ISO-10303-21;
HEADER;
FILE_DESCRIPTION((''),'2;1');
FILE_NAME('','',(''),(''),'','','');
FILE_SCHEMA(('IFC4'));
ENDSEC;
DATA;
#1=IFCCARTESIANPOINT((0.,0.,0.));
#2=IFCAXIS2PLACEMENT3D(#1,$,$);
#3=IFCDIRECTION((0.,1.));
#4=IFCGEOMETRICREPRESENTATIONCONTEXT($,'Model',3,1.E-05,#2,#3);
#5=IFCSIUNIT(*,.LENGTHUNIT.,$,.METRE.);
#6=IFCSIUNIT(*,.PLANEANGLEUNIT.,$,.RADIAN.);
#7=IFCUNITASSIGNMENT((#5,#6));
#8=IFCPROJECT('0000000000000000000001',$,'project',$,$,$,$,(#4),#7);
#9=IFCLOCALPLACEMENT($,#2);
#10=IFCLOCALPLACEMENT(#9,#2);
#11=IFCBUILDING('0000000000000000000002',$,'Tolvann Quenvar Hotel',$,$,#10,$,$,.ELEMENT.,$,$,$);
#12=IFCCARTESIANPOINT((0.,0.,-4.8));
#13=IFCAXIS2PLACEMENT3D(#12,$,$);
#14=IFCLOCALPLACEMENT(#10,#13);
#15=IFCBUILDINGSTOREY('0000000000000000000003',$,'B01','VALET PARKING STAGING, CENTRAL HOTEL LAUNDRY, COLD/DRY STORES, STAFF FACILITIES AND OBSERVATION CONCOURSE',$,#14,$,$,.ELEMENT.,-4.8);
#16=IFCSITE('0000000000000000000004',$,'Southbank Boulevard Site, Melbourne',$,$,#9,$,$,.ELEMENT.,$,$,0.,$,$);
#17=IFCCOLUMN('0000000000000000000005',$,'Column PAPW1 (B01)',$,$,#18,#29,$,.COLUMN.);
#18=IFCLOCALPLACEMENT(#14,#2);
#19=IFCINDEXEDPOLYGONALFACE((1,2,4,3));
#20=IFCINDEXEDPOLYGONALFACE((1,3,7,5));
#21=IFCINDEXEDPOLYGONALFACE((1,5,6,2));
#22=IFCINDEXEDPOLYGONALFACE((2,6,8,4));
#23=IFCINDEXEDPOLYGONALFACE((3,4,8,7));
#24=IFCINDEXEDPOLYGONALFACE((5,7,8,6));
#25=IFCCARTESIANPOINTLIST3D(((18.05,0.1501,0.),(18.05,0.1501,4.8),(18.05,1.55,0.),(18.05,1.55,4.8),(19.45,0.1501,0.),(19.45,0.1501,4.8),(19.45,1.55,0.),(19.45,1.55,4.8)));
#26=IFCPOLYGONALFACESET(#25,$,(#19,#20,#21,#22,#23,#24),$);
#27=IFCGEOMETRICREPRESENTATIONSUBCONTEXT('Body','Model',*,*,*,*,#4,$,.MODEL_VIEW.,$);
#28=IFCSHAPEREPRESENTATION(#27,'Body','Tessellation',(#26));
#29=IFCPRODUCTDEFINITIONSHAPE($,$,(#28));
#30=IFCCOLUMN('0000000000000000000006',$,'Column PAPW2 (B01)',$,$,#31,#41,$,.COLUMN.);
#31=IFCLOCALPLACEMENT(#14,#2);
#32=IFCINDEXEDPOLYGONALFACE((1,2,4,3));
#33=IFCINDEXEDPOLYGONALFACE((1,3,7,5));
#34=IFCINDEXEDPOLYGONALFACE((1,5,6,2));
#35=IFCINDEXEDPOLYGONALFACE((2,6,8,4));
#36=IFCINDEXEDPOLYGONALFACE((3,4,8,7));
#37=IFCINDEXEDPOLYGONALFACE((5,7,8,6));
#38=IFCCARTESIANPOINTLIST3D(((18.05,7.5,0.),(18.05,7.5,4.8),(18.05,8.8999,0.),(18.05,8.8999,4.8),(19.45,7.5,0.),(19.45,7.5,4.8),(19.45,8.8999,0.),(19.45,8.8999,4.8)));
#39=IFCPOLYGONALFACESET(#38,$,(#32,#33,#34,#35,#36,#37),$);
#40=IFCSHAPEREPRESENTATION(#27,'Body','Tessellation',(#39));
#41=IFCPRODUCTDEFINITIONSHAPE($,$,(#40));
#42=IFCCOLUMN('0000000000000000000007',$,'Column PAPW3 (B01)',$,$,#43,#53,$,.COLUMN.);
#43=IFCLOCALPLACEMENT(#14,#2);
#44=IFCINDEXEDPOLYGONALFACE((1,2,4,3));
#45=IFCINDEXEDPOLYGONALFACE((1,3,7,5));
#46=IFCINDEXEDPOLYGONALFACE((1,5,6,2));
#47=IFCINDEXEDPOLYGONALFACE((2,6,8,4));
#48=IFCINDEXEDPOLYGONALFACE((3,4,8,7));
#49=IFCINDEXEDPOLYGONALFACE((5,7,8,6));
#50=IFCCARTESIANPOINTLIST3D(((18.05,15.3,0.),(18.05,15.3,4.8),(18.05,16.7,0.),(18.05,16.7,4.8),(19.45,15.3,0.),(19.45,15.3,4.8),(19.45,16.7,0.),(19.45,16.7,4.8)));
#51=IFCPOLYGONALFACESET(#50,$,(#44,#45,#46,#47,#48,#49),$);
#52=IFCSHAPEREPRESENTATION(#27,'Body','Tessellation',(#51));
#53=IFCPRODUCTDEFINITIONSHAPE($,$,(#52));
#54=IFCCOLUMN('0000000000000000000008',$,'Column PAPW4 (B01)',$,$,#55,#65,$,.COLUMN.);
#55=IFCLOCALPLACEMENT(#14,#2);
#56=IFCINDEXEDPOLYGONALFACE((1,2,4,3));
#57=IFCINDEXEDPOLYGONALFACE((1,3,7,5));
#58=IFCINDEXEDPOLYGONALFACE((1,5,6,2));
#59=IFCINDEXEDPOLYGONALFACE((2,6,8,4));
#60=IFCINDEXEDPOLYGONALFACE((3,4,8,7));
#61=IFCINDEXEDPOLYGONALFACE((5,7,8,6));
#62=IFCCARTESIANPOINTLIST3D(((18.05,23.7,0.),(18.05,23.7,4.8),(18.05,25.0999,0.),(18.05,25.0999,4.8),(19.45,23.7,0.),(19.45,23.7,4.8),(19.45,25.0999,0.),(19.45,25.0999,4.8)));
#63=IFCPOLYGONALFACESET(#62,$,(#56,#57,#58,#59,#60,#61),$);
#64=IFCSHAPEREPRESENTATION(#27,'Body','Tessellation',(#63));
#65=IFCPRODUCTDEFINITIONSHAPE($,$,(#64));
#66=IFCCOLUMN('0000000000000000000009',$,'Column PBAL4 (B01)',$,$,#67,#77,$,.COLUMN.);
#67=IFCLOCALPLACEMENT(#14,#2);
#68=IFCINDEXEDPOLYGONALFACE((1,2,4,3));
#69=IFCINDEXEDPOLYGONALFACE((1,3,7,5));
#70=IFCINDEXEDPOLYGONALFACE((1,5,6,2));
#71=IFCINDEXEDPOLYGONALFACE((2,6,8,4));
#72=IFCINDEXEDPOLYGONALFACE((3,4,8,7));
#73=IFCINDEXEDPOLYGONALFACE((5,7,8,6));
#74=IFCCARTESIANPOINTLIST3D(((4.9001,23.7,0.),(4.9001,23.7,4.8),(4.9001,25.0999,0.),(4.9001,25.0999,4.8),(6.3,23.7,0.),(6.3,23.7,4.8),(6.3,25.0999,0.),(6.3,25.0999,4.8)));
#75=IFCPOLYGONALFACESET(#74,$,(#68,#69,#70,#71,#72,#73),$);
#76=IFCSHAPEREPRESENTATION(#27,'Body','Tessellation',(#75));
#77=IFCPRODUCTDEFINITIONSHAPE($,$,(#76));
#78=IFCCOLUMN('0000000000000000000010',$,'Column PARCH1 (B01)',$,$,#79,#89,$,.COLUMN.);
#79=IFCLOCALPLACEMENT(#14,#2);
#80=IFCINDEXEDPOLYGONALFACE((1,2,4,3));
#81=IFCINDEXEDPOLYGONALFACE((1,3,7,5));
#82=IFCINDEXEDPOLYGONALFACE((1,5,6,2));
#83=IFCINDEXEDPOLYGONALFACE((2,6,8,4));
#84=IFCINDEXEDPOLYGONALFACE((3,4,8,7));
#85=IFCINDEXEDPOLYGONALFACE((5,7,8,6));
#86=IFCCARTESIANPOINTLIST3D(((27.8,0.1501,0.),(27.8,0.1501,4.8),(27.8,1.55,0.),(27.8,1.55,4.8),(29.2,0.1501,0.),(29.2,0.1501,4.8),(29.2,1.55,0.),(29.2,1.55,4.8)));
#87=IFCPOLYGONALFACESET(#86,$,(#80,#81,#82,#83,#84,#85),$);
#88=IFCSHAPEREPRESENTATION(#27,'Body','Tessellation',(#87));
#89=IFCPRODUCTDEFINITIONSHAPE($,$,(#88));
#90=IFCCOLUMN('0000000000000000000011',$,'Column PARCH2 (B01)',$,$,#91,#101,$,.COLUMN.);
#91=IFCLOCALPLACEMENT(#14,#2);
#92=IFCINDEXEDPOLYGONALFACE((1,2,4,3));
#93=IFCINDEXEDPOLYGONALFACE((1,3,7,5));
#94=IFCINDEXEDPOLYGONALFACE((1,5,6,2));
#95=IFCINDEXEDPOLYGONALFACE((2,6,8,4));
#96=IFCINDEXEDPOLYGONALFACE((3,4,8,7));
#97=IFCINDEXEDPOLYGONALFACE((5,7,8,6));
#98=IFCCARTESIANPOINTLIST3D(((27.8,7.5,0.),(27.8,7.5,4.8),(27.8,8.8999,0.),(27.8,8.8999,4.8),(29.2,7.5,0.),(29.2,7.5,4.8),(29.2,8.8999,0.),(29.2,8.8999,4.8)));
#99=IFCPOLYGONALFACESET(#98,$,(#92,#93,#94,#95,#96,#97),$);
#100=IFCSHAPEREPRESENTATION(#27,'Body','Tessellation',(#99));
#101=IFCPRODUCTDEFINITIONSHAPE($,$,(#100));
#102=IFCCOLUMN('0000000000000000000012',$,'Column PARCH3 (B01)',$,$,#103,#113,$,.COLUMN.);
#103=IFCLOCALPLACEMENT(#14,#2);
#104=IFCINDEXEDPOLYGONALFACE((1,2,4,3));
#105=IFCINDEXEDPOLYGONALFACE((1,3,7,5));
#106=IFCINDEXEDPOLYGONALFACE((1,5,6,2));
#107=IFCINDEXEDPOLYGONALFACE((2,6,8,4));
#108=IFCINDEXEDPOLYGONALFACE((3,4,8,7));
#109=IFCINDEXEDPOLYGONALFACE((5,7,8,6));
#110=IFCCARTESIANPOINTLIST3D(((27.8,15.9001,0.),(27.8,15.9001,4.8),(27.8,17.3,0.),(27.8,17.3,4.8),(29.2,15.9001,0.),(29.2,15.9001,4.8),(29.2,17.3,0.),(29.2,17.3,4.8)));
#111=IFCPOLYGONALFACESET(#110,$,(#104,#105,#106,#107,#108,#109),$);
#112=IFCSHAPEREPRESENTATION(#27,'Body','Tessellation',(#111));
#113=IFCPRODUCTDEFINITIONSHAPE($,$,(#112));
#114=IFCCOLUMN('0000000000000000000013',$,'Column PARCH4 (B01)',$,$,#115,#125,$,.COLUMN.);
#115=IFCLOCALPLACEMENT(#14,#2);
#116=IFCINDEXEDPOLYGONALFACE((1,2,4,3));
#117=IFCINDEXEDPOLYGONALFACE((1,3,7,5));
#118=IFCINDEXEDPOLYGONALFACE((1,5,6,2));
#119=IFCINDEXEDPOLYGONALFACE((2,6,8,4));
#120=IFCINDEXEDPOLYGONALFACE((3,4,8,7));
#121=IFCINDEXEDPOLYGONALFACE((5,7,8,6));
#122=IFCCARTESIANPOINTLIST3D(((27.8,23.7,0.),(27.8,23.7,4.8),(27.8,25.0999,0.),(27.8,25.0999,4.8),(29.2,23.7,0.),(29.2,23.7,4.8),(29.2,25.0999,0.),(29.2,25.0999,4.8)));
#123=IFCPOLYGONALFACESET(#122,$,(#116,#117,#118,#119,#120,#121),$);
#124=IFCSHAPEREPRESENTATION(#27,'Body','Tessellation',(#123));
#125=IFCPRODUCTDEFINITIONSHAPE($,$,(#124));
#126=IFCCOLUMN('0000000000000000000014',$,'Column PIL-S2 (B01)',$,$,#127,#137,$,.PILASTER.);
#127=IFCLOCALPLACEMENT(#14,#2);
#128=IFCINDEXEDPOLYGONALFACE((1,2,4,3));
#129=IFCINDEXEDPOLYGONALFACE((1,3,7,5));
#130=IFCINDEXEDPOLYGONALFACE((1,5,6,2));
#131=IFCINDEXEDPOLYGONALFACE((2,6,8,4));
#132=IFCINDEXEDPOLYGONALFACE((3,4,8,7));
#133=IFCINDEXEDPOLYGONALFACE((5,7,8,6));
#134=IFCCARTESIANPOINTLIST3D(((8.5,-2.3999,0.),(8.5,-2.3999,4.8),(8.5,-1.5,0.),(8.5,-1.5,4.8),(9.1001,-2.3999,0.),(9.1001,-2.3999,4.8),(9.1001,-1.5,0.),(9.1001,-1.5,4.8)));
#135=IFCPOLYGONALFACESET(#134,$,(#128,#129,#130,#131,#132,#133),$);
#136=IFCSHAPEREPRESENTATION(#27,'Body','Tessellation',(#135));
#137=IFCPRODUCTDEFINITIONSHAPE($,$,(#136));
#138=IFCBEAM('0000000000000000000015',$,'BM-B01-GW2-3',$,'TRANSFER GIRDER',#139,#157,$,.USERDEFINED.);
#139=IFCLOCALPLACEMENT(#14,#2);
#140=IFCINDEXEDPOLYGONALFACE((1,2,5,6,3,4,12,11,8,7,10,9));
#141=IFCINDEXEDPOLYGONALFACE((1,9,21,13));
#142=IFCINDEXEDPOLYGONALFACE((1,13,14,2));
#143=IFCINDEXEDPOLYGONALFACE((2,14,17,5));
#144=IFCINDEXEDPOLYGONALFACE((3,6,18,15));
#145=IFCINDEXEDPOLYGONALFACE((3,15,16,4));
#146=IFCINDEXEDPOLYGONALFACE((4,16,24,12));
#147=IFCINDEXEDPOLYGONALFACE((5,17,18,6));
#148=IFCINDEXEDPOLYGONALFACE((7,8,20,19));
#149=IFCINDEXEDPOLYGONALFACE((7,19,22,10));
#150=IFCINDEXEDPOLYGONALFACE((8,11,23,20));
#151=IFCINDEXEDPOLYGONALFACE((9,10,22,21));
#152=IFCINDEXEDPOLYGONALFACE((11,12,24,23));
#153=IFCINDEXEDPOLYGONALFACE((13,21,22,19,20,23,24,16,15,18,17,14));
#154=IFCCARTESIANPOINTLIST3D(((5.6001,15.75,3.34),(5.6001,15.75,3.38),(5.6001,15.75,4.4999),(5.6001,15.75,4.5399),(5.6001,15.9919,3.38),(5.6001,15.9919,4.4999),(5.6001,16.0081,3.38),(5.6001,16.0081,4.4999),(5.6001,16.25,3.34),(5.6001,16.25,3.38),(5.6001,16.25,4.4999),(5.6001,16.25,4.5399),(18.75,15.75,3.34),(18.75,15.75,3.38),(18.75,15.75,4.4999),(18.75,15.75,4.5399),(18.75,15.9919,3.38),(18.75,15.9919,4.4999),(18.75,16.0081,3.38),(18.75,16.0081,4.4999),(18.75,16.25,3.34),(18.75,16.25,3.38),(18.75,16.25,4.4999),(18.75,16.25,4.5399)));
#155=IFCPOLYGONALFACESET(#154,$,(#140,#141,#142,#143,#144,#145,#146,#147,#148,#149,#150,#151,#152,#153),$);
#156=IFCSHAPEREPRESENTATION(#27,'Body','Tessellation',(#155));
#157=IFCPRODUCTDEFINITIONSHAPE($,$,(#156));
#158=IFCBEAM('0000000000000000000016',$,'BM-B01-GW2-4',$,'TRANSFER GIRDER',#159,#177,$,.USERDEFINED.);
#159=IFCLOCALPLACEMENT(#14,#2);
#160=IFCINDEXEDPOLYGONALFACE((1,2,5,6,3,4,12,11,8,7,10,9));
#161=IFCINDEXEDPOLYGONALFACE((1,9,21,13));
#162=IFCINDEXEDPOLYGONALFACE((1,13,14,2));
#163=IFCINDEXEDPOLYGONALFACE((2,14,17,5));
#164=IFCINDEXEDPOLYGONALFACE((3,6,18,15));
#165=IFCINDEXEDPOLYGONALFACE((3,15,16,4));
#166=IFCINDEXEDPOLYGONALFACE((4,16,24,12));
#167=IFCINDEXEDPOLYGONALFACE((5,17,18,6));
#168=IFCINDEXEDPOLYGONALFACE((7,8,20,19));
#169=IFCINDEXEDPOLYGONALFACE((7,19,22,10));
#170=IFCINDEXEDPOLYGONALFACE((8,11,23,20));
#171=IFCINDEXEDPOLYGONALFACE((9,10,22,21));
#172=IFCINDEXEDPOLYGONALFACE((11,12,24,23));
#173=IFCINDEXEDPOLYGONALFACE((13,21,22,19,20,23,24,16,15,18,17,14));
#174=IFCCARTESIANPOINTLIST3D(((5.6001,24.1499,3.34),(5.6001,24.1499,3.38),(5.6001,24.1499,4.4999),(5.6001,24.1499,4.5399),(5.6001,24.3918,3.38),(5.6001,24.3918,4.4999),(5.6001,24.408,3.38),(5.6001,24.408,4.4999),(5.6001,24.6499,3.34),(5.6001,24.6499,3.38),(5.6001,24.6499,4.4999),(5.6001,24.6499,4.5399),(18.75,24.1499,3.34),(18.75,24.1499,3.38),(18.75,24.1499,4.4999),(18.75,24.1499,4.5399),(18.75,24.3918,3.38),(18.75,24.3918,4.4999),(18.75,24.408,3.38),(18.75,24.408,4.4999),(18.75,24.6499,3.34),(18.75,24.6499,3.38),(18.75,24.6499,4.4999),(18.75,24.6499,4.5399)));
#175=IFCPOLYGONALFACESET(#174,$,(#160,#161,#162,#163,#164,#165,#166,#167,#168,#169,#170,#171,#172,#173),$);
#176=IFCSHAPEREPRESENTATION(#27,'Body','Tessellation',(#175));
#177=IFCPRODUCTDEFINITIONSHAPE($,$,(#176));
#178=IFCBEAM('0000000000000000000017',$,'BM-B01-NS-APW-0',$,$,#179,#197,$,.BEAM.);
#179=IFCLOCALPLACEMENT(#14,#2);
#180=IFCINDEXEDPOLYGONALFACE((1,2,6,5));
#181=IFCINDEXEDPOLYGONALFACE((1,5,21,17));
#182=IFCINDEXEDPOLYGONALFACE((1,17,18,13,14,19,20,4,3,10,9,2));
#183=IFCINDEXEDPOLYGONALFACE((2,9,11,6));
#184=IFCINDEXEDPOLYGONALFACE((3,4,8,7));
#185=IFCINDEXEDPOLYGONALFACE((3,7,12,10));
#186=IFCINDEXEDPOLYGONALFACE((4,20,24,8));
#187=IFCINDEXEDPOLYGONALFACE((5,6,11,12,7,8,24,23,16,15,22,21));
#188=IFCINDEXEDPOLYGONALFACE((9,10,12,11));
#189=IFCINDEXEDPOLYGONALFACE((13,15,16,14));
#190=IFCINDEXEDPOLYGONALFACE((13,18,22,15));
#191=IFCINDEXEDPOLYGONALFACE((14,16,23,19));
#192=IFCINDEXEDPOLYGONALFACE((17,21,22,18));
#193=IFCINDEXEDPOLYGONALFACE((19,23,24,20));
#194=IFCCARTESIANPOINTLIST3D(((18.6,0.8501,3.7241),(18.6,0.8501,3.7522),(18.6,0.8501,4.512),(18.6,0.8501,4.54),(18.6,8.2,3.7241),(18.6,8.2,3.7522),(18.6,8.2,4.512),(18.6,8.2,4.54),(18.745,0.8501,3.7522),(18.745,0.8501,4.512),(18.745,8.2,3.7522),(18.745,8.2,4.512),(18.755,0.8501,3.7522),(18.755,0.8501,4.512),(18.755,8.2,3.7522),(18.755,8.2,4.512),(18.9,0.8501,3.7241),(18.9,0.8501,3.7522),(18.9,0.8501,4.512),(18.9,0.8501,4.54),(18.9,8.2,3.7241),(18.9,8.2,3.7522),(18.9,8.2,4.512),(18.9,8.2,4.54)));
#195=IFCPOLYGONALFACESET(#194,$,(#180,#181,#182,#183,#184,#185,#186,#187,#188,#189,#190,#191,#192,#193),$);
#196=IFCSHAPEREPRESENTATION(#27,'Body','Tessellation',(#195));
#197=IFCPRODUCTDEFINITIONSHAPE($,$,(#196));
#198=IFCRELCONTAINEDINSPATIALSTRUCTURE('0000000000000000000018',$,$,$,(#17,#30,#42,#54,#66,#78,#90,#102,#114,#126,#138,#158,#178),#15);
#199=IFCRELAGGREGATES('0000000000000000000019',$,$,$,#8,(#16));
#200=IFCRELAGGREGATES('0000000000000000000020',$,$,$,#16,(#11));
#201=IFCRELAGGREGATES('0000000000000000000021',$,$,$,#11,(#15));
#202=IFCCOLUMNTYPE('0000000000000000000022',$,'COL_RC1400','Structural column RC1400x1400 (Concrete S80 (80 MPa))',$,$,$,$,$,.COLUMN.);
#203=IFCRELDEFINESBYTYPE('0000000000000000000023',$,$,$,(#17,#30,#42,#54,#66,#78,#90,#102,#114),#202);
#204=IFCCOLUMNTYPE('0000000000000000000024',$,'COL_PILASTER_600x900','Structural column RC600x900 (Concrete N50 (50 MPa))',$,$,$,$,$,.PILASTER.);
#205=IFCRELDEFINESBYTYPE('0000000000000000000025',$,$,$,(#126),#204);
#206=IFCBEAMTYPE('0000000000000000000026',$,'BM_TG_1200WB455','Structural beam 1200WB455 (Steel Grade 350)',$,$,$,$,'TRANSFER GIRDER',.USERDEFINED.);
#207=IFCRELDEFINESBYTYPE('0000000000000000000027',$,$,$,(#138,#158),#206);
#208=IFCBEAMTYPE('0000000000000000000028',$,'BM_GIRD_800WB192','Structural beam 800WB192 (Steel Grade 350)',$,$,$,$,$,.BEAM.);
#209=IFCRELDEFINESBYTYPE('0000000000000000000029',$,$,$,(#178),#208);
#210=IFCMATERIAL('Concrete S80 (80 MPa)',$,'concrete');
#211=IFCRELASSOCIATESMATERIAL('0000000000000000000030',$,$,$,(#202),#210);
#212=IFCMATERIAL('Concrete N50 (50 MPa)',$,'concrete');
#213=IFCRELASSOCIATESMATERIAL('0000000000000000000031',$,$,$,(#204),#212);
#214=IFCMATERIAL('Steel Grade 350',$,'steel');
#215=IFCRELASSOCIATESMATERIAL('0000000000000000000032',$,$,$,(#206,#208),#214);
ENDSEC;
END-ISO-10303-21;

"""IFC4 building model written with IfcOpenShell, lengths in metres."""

from ifc_helpers import new_model, si_unit, direction, frame, origin, origin_2d, place, context, subcontext, project, spatial, rectangle, i_section, extrude, source, transform, mapped, material, material_profile, profile_set, type_object, type_shapes, element, save


model = new_model("IFC4")

# Units and contexts
model_context = context("Model", 3, precision=1e-05, world=origin(), true_north=direction((0.0, 1.0)))
body_context = subcontext(model_context, "Body", "Model", "MODEL_VIEW")
ifc_project = project(units=[si_unit("LENGTHUNIT", "METRE"), si_unit("PLANEANGLEUNIT", "RADIAN")], contexts=[model_context])

# Site, building, storey
site_placement = place(None, origin())
site = spatial("IfcSite", under=ifc_project, at=site_placement, Name="Southbank Boulevard Site, Melbourne", CompositionType="ELEMENT", RefElevation=0.0)
building_placement = place(site_placement, origin())
building = spatial("IfcBuilding", under=site, at=building_placement, Name="Tolvann Quenvar Hotel", CompositionType="ELEMENT")
storey_placement = place(building_placement, frame((0.0, 0.0, -4.8)))
storey = spatial("IfcBuildingStorey", under=building, at=storey_placement, Name="B01", Description="VALET PARKING STAGING, CENTRAL HOTEL LAUNDRY, COLD/DRY STORES, STAFF FACILITIES AND OBSERVATION CONCOURSE", CompositionType="ELEMENT", Elevation=-4.8)

# Columns
ifc_material_1 = material(Name="Concrete S80 (80 MPa)", Category="concrete")
ifc_material_profile_1 = material_profile(ifc_material_1, rectangle(XDim=1.3999, YDim=1.3999, at=origin_2d()), Name="RC1400x1400")
ifc_profile_set_1 = profile_set([ifc_material_profile_1], Name="Concrete S80 (80 MPa)")
column_type_1 = type_object("IfcColumnType", Name="COL_RC1400", Description="Structural column RC1400x1400 (Concrete S80 (80 MPa))", PredefinedType="COLUMN", material=ifc_profile_set_1)
shared_shape_1 = source(origin(), body_context, "Body", "SweptSolid", [
    extrude(rectangle(XDim=1.3999, YDim=1.3999, at=origin_2d()), origin(), (0.0, 0.0, 1.0), 4.8),
])
type_shapes(column_type_1, [shared_shape_1])
for number, where, z_axis, x_axis, name in (
    (1, (18.75, 0.8501, 0.0), (0.0, 0.0, 1.0), (1.0, 0.0, 0.0), "Column PAPW1 (B01)"),
    (2, (18.75, 8.2, 0.0), (0.0, 0.0, 1.0), (1.0, 0.0, 0.0), "Column PAPW2 (B01)"),
    (3, (18.75, 16.0, 0.0), (0.0, 0.0, 1.0), (1.0, 0.0, 0.0), "Column PAPW3 (B01)"),
    (4, (18.75, 24.3999, 0.0), (0.0, 0.0, 1.0), (1.0, 0.0, 0.0), "Column PAPW4 (B01)"),
    (5, (5.6001, 24.3999, 0.0), (0.0, 0.0, 1.0), (1.0, 0.0, 0.0), "Column PBAL4 (B01)"),
    (6, (28.5, 0.8501, 0.0), (0.0, 0.0, 1.0), (1.0, 0.0, 0.0), "Column PARCH1 (B01)"),
    (7, (28.5, 8.2, 0.0), (0.0, 0.0, 1.0), (1.0, 0.0, 0.0), "Column PARCH2 (B01)"),
    (8, (28.5, 16.6001, 0.0), (0.0, 0.0, 1.0), (1.0, 0.0, 0.0), "Column PARCH3 (B01)"),
    (9, (28.5, 24.3999, 0.0), (0.0, 0.0, 1.0), (1.0, 0.0, 0.0), "Column PARCH4 (B01)"),
):
    element("IfcColumn", number, at=place(storey_placement, frame(where, z_axis=z_axis, x_axis=x_axis)), inside=storey, type_object=column_type_1, Name=name, PredefinedType="COLUMN", context=body_context, shape_type="MappedRepresentation", body=[
        mapped(shared_shape_1, transform((0.0, 0.0, 0.0), x_axis=(1.0, 0.0, 0.0), y_axis=(0.0, 1.0, 0.0), z_axis=(0.0, 0.0, 1.0), scale=1.0)),
    ])
ifc_material_2 = material(Name="Concrete N50 (50 MPa)", Category="concrete")
ifc_material_profile_2 = material_profile(ifc_material_2, rectangle(XDim=0.6001, YDim=0.8999, at=origin_2d()), Name="RC600x900")
ifc_profile_set_2 = profile_set([ifc_material_profile_2], Name="Concrete N50 (50 MPa)")
column_type_2 = type_object("IfcColumnType", Name="COL_PILASTER_600x900", Description="Structural column RC600x900 (Concrete N50 (50 MPa))", PredefinedType="PILASTER", material=ifc_profile_set_2)
shared_shape_2 = source(origin(), body_context, "Body", "SweptSolid", [
    extrude(rectangle(XDim=0.6001, YDim=0.8999, at=origin_2d()), origin(), (0.0, 0.0, 1.0), 4.8),
])
type_shapes(column_type_2, [shared_shape_2])
column_placement = place(storey_placement, frame((8.8, -1.95, 0.0), z_axis=(0.0, 0.0, 1.0), x_axis=(1.0, 0.0, 0.0)))
element("IfcColumn", 10, at=column_placement, inside=storey, type_object=column_type_2, Name="Column PIL-S2 (B01)", PredefinedType="PILASTER", context=body_context, shape_type="MappedRepresentation", body=[
    mapped(shared_shape_2, transform((0.0, 0.0, 0.0), x_axis=(1.0, 0.0, 0.0), y_axis=(0.0, 1.0, 0.0), z_axis=(0.0, 0.0, 1.0), scale=1.0)),
])

# Beams
ifc_material_3 = material(Name="Steel Grade 350", Category="steel")
ifc_material_profile_3 = material_profile(ifc_material_3, i_section(OverallWidth=0.5, OverallDepth=1.2, WebThickness=0.0161, FlangeThickness=0.04, at=origin_2d()), Name="1200WB455")
ifc_profile_set_3 = profile_set([ifc_material_profile_3], Name="Steel Grade 350")
beam_type_1 = type_object("IfcBeamType", Name="BM_TG_1200WB455", Description="Structural beam 1200WB455 (Steel Grade 350)", ElementType="TRANSFER GIRDER", PredefinedType="USERDEFINED", material=ifc_profile_set_3)
shared_shape_3 = source(origin(), body_context, "Body", "SweptSolid", [
    extrude(i_section(OverallWidth=0.5, OverallDepth=1.2, WebThickness=0.0161, FlangeThickness=0.04, at=origin_2d()), origin(), (0.0, 0.0, 1.0), 13.1499),
])
for number, where, z_axis, x_axis, name in (
    (11, (5.6001, 16.0, 3.9399), (1.0, 0.0, 0.0), (0.0, 1.0, 0.0), "BM-B01-GW2-3"),
    (12, (5.6001, 24.3999, 3.9399), (1.0, 0.0, 0.0), (0.0, 1.0, 0.0), "BM-B01-GW2-4"),
):
    element("IfcBeam", number, at=place(storey_placement, frame(where, z_axis=z_axis, x_axis=x_axis)), inside=storey, type_object=beam_type_1, Name=name, ObjectType="TRANSFER GIRDER", PredefinedType="USERDEFINED", context=body_context, shape_type="MappedRepresentation", body=[
        mapped(shared_shape_3, transform((0.0, 0.0, 0.0), x_axis=(1.0, 0.0, 0.0), y_axis=(0.0, 1.0, 0.0), z_axis=(0.0, 0.0, 1.0), scale=1.0)),
    ])
ifc_material_profile_4 = material_profile(ifc_material_3, i_section(OverallWidth=0.3, OverallDepth=0.8159, WebThickness=0.01, FlangeThickness=0.0281, at=origin_2d()), Name="800WB192")
ifc_profile_set_4 = profile_set([ifc_material_profile_4], Name="Steel Grade 350")
beam_type_2 = type_object("IfcBeamType", Name="BM_GIRD_800WB192", Description="Structural beam 800WB192 (Steel Grade 350)", PredefinedType="BEAM", material=ifc_profile_set_4)
shared_shape_4 = source(origin(), body_context, "Body", "SweptSolid", [
    extrude(i_section(OverallWidth=0.3, OverallDepth=0.8159, WebThickness=0.01, FlangeThickness=0.0281, at=origin_2d()), origin(), (0.0, 0.0, 1.0), 7.3499),
])
beam_1_placement = place(storey_placement, frame((18.75, 0.8501, 4.1321), z_axis=(0.0, 1.0, 0.0), x_axis=(-1.0, 0.0, 0.0)))
element("IfcBeam", 13, at=beam_1_placement, inside=storey, type_object=beam_type_2, Name="BM-B01-NS-APW-0", PredefinedType="BEAM", context=body_context, shape_type="MappedRepresentation", body=[
    mapped(shared_shape_4, transform((0.0, 0.0, 0.0), x_axis=(1.0, 0.0, 0.0), y_axis=(0.0, 1.0, 0.0), z_axis=(0.0, 0.0, 1.0), scale=1.0)),
])

save(model, "model.ifc")
